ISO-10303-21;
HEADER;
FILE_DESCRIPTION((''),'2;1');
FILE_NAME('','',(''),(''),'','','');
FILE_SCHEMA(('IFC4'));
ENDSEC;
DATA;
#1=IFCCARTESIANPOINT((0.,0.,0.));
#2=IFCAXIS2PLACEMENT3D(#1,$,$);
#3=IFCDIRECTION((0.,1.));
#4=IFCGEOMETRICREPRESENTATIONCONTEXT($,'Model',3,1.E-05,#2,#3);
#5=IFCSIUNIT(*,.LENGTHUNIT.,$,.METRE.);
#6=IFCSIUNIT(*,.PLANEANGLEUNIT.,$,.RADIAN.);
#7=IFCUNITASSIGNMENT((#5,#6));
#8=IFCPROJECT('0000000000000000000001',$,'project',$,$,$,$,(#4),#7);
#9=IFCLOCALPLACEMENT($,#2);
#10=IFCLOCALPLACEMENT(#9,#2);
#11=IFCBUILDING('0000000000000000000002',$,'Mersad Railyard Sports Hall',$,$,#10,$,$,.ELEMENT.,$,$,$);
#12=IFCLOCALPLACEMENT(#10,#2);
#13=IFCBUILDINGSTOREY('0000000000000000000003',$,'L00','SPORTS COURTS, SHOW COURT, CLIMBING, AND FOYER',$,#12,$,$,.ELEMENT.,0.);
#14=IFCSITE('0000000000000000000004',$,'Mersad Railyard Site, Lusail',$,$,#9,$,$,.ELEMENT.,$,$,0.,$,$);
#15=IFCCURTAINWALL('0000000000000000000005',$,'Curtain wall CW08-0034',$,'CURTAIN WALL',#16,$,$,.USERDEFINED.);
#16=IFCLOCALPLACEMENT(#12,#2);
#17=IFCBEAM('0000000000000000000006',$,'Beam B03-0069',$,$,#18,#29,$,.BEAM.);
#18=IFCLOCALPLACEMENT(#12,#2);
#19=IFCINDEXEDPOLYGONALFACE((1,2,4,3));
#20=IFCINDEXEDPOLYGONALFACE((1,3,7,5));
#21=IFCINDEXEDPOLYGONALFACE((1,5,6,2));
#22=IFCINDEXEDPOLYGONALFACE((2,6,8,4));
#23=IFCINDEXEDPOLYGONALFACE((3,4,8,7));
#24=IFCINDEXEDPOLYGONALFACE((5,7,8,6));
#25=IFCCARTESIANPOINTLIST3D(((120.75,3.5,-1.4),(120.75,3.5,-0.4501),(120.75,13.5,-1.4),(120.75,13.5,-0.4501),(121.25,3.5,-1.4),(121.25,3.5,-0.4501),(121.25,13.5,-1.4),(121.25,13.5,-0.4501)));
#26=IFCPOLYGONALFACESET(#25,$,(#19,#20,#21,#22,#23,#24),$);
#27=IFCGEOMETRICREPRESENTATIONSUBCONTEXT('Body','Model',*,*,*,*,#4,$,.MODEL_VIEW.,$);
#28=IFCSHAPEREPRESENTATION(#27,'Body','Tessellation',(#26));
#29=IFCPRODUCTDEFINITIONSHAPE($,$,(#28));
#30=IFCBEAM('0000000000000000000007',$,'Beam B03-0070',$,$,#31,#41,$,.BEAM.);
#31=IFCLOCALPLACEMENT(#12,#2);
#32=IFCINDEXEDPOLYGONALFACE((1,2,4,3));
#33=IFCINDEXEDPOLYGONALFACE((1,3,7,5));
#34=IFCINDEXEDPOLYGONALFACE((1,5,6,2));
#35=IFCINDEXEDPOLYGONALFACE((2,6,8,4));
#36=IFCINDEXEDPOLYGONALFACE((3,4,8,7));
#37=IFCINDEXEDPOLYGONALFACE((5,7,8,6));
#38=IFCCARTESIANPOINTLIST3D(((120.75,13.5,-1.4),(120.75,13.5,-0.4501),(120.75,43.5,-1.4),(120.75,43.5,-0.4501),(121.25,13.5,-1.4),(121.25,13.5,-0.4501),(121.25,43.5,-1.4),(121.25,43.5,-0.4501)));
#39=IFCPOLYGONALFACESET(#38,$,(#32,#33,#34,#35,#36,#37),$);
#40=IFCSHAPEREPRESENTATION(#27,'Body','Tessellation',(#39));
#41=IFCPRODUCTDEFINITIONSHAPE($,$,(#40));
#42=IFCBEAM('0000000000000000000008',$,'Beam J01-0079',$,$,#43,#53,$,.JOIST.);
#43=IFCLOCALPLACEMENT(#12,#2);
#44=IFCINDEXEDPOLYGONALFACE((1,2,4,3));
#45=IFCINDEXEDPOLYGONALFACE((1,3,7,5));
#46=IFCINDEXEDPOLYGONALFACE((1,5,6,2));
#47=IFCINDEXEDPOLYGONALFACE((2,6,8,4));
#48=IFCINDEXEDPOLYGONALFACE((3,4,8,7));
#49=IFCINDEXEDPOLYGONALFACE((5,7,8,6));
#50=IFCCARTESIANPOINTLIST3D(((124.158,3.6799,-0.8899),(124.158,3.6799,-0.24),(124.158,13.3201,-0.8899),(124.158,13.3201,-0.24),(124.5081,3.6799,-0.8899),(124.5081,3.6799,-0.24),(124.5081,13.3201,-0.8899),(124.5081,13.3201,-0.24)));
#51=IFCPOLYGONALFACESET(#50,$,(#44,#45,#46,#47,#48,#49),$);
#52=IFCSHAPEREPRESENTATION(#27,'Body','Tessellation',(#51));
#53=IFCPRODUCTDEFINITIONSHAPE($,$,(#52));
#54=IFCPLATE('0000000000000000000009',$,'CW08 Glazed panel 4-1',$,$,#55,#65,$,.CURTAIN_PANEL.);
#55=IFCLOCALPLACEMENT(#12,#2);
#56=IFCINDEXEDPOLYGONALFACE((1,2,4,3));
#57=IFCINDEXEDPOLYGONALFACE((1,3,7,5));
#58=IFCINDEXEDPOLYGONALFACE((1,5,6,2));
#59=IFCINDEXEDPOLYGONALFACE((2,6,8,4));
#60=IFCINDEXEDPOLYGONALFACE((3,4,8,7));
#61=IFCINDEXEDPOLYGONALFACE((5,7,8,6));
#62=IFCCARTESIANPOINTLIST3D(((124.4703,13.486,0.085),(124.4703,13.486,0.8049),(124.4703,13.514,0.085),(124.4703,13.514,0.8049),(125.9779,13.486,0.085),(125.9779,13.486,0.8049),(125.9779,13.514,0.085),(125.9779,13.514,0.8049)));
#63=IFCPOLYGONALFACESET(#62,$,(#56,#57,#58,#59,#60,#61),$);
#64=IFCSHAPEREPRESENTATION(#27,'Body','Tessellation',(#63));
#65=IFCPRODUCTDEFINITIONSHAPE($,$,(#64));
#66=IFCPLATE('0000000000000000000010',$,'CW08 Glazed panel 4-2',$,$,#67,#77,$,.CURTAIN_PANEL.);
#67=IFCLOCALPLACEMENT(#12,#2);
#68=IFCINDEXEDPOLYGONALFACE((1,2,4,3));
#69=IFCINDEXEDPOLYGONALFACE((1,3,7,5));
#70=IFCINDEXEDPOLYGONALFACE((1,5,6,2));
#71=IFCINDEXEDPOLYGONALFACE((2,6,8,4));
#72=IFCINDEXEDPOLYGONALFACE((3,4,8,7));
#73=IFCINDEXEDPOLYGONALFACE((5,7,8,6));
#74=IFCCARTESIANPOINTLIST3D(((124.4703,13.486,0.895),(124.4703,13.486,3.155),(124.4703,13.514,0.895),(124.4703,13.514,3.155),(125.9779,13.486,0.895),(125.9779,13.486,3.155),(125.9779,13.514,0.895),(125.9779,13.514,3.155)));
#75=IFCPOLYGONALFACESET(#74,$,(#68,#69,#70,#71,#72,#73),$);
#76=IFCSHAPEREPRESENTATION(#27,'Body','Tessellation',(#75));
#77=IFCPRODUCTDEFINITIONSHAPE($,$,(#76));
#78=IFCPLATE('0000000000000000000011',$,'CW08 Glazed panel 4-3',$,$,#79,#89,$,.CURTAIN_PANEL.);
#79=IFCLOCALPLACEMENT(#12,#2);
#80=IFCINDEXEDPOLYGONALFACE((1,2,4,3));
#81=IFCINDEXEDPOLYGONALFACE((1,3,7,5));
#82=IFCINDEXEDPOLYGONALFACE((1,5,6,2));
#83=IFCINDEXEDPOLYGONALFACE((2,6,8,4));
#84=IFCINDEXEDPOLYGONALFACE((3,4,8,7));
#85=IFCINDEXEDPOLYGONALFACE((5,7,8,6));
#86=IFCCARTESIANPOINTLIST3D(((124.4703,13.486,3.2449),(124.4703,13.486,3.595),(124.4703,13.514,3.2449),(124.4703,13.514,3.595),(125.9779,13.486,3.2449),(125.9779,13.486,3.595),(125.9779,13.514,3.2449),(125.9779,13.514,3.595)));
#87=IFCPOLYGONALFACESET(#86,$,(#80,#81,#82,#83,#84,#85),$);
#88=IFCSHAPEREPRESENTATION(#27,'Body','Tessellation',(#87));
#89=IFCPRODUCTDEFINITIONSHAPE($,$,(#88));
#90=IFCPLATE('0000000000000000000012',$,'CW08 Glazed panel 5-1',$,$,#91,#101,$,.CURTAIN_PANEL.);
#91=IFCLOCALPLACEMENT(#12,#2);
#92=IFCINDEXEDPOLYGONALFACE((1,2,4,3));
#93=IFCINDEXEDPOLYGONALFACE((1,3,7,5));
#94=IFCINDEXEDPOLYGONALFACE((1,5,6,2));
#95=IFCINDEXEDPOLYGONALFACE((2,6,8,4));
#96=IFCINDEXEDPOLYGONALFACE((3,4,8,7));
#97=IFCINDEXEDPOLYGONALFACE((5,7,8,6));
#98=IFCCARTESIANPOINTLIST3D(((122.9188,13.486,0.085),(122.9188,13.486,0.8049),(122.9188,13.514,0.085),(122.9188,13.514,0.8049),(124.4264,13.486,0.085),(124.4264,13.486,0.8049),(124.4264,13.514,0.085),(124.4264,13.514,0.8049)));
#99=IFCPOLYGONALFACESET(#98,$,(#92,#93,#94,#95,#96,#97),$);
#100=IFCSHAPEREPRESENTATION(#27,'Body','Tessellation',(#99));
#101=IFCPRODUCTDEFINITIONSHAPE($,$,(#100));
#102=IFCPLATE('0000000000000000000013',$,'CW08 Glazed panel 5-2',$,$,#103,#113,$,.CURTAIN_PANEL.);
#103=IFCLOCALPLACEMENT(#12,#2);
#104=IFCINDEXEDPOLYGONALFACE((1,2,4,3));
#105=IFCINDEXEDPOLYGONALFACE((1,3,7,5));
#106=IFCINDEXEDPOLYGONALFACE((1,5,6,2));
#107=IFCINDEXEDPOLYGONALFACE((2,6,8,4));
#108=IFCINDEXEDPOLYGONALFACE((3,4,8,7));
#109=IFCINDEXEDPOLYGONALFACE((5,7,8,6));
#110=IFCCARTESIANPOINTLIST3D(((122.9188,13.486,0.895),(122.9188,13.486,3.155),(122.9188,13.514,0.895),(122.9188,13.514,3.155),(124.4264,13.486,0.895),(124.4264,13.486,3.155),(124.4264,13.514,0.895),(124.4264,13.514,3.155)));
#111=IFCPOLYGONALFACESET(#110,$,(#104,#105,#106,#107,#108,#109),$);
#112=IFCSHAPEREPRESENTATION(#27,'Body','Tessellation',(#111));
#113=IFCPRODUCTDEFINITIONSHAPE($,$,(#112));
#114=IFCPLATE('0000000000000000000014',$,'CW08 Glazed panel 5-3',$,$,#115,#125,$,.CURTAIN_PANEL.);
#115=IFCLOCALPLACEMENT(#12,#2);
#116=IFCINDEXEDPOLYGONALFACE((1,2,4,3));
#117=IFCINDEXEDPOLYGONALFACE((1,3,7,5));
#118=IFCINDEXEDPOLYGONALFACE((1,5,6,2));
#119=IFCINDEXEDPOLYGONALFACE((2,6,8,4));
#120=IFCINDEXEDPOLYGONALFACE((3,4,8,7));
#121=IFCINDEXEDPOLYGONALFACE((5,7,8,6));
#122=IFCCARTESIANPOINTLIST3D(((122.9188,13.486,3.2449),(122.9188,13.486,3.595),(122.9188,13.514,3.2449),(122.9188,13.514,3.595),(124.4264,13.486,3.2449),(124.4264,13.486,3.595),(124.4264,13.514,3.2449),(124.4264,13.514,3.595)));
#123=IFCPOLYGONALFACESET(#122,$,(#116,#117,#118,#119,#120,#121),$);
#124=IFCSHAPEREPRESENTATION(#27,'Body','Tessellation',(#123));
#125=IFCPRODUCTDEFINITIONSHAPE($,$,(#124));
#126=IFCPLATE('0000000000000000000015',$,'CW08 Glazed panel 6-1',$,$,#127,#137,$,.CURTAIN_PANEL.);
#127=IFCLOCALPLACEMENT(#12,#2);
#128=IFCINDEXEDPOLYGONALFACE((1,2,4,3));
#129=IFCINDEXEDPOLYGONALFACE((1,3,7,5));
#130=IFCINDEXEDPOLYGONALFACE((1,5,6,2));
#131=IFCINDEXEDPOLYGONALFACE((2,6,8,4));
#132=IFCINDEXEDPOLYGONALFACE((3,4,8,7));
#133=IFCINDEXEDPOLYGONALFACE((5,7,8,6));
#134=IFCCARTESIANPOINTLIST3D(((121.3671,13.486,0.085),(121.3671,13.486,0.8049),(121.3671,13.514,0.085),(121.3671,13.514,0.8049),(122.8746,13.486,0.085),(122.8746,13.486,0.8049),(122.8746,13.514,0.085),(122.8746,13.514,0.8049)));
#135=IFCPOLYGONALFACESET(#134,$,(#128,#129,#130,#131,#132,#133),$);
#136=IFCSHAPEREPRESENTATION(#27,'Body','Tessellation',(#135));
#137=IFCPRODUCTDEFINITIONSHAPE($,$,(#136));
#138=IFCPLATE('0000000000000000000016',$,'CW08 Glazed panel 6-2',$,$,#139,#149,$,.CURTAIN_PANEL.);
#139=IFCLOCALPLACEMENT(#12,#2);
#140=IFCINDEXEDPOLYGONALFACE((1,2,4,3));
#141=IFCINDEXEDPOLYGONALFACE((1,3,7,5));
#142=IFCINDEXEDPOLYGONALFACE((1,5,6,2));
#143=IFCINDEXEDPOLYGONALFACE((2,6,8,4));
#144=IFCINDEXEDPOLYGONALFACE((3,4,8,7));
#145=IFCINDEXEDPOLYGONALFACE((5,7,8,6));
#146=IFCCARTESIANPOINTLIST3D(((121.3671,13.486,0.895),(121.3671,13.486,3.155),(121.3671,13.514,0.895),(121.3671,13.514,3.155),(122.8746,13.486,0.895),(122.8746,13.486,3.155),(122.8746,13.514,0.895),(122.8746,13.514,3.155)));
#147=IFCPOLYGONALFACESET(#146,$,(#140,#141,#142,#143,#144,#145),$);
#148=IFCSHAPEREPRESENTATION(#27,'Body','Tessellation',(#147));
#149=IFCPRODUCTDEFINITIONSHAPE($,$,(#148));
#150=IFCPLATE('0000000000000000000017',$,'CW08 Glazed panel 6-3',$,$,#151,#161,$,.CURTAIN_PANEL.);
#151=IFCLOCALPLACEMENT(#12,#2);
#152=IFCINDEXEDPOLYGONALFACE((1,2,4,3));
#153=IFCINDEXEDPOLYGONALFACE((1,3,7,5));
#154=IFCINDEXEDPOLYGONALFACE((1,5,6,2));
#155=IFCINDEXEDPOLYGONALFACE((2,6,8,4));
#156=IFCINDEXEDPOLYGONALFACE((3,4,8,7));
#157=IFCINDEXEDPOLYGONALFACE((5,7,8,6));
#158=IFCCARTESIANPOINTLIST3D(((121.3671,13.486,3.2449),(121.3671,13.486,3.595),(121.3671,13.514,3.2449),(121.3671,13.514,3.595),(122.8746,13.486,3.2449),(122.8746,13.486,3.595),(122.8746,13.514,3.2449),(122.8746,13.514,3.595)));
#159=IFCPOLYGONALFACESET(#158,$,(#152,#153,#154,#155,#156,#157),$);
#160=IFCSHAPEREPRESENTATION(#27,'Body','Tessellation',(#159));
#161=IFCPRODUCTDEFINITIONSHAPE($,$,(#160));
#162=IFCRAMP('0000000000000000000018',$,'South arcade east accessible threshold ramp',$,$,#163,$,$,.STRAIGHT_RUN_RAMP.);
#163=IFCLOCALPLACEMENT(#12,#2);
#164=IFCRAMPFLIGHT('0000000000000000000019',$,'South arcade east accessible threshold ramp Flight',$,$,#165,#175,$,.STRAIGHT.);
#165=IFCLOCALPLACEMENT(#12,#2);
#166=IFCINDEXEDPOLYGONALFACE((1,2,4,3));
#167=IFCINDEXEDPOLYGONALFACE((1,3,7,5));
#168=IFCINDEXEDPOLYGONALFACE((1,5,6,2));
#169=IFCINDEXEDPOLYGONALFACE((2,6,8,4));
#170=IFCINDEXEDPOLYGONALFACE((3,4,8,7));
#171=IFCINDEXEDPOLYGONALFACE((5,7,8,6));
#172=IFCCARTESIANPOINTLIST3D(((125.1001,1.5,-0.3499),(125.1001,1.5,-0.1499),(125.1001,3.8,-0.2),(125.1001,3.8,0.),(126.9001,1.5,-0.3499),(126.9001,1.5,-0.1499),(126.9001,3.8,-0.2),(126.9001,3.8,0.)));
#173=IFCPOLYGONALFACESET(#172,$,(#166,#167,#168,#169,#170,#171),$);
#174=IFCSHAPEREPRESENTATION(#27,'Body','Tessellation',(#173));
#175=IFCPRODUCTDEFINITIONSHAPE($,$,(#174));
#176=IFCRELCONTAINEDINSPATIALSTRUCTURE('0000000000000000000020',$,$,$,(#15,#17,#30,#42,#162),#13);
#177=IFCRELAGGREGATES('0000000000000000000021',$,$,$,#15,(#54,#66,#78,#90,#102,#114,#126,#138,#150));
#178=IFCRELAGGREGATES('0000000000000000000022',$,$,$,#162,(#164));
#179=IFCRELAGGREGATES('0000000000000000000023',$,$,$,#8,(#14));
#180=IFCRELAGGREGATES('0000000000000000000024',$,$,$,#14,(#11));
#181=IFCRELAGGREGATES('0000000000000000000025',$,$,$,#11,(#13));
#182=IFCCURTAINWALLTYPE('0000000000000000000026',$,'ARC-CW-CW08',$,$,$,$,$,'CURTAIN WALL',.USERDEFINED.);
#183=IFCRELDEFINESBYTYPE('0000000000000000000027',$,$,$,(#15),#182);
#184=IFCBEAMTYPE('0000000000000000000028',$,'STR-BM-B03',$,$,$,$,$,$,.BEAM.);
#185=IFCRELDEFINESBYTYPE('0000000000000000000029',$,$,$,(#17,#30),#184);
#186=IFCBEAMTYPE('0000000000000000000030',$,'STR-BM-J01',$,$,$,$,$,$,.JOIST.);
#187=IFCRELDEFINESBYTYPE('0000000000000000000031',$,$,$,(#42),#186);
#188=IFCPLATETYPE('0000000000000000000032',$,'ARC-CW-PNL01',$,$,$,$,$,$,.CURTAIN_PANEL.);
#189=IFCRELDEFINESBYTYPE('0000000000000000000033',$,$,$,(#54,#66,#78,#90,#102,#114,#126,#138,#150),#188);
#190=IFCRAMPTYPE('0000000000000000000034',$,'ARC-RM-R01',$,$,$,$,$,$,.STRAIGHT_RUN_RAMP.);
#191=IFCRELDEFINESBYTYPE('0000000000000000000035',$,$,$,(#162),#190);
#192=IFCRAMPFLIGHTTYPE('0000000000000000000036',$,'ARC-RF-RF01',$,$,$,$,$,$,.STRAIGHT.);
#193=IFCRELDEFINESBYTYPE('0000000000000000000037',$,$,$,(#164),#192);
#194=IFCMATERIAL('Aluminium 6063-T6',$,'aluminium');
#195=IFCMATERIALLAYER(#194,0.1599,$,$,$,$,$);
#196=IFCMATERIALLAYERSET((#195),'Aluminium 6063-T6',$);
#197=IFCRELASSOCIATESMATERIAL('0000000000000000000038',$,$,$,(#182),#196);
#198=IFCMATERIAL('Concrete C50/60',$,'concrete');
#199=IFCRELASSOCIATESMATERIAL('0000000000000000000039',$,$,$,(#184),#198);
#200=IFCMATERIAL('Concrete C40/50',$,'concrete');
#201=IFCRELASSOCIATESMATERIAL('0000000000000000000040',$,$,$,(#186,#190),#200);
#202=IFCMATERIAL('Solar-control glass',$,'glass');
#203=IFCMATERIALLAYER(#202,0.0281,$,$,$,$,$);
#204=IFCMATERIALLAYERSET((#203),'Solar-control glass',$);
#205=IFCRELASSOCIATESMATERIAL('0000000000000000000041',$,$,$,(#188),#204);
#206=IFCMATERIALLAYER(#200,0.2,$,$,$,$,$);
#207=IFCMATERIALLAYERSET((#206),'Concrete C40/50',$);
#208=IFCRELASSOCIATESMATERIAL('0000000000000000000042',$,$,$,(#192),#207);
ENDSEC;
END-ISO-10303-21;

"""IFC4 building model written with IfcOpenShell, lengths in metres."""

from ifc_helpers import new_model, si_unit, direction, frame, origin, origin_2d, place, context, subcontext, project, spatial, polyline, rectangle, outline, extrude, material, layer, layer_set, material_profile, profile_set, type_object, element, aggregate, save


model = new_model("IFC4")

# Units and contexts
model_context = context("Model", 3, precision=1e-05, world=origin(), true_north=direction((0.0, 1.0)))
body_context = subcontext(model_context, "Body", "Model", "MODEL_VIEW")
ifc_project = project(units=[si_unit("LENGTHUNIT", "METRE"), si_unit("PLANEANGLEUNIT", "RADIAN")], contexts=[model_context])

# Site, building, storey
site_placement = place(None, origin())
site = spatial("IfcSite", under=ifc_project, at=site_placement, Name="Mersad Railyard Site, Lusail", CompositionType="ELEMENT", RefElevation=0.0)
building_placement = place(site_placement, origin())
building = spatial("IfcBuilding", under=site, at=building_placement, Name="Mersad Railyard Sports Hall", CompositionType="ELEMENT")
storey_placement = place(building_placement, origin())
storey = spatial("IfcBuildingStorey", under=building, at=storey_placement, Name="L00", Description="SPORTS COURTS, SHOW COURT, CLIMBING, AND FOYER", CompositionType="ELEMENT", Elevation=0.0)

# Shared definitions
ifc_material_1 = material(Name="Concrete C40/50", Category="concrete")

# Curtain wall
ifc_material_2 = material(Name="Aluminium 6063-T6", Category="aluminium")
ifc_layer_1 = layer(ifc_material_2, 0.1599)
ifc_layer_set_1 = layer_set([ifc_layer_1], Name="Aluminium 6063-T6")
curtain_wall_type = type_object("IfcCurtainWallType", Name="ARC-CW-CW08", ElementType="CURTAIN WALL", PredefinedType="USERDEFINED", material=ifc_layer_set_1)
curtain_wall_placement = place(storey_placement, origin())
curtain_wall = element("IfcCurtainWall", 1, at=curtain_wall_placement, inside=storey, type_object=curtain_wall_type, Name="Curtain wall CW08-0034", ObjectType="CURTAIN WALL", PredefinedType="USERDEFINED")

# Beams
ifc_material_3 = material(Name="Concrete C50/60", Category="concrete")
ifc_material_profile_1 = material_profile(ifc_material_3, rectangle(XDim=0.5, YDim=0.95, at=origin_2d()), Name="RC 500x950")
ifc_profile_set_1 = profile_set([ifc_material_profile_1], Name="Concrete C50/60")
beam_type_1 = type_object("IfcBeamType", Name="STR-BM-B03", PredefinedType="BEAM", material=ifc_profile_set_1)
beam_1_placement = place(storey_placement, frame((121.0, 3.5, -0.925), z_axis=(0.0, 1.0, 0.0), x_axis=(-1.0, 0.0, 0.0)))
element("IfcBeam", 2, at=beam_1_placement, inside=storey, type_object=beam_type_1, Name="Beam B03-0069", PredefinedType="BEAM", context=body_context, shape_type="SweptSolid", body=[
    extrude(rectangle(XDim=0.5, YDim=0.95, at=origin_2d()), origin(), (0.0, 0.0, 1.0), 10.0),
])
beam_2_placement = place(storey_placement, frame((121.0, 13.5, -0.925), z_axis=(0.0, 1.0, 0.0), x_axis=(-1.0, 0.0, 0.0)))
element("IfcBeam", 3, at=beam_2_placement, inside=storey, type_object=beam_type_1, Name="Beam B03-0070", PredefinedType="BEAM", context=body_context, shape_type="SweptSolid", body=[
    extrude(rectangle(XDim=0.5, YDim=0.95, at=origin_2d()), origin(), (0.0, 0.0, 1.0), 30.0),
])
ifc_material_profile_2 = material_profile(ifc_material_1, rectangle(XDim=0.3501, YDim=0.6499, at=origin_2d()), Name="RC 350x650")
ifc_profile_set_2 = profile_set([ifc_material_profile_2], Name="Concrete C40/50")
beam_type_2 = type_object("IfcBeamType", Name="STR-BM-J01", PredefinedType="JOIST", material=ifc_profile_set_2)
beam_3_placement = place(storey_placement, frame((124.333, 3.6799, -0.5649), z_axis=(0.0, 1.0, 0.0), x_axis=(-1.0, 0.0, 0.0)))
element("IfcBeam", 4, at=beam_3_placement, inside=storey, type_object=beam_type_2, Name="Beam J01-0079", PredefinedType="JOIST", context=body_context, shape_type="SweptSolid", body=[
    extrude(rectangle(XDim=0.3501, YDim=0.6499, at=origin_2d()), origin(), (0.0, 0.0, 1.0), 9.6401),
])

# Plates
ifc_material_4 = material(Name="Solar-control glass", Category="glass")
ifc_layer_2 = layer(ifc_material_4, 0.0281)
ifc_layer_set_2 = layer_set([ifc_layer_2], Name="Solar-control glass")
plate_type = type_object("IfcPlateType", Name="ARC-CW-PNL01", PredefinedType="CURTAIN_PANEL", material=ifc_layer_set_2)
plate_1_placement = place(storey_placement, frame((125.2241, 13.5, 0.085), z_axis=(0.0, 0.0, 1.0), x_axis=(-1.0, 0.0, 0.0)))
plate_1 = element("IfcPlate", 5, at=plate_1_placement, type_object=plate_type, Name="CW08 Glazed panel 4-1", PredefinedType="CURTAIN_PANEL", context=body_context, shape_type="SweptSolid", body=[
    extrude(rectangle(XDim=1.5076, YDim=0.0281, at=origin_2d()), origin(), (0.0, 0.0, 1.0), 0.72),
])
plate_2_placement = place(storey_placement, frame((125.2241, 13.5, 0.895), z_axis=(0.0, 0.0, 1.0), x_axis=(-1.0, 0.0, 0.0)))
plate_2 = element("IfcPlate", 6, at=plate_2_placement, type_object=plate_type, Name="CW08 Glazed panel 4-2", PredefinedType="CURTAIN_PANEL", context=body_context, shape_type="SweptSolid", body=[
    extrude(rectangle(XDim=1.5076, YDim=0.0281, at=origin_2d()), origin(), (0.0, 0.0, 1.0), 2.26),
])
plate_3_placement = place(storey_placement, frame((125.2241, 13.5, 3.2449), z_axis=(0.0, 0.0, 1.0), x_axis=(-1.0, 0.0, 0.0)))
plate_3 = element("IfcPlate", 7, at=plate_3_placement, type_object=plate_type, Name="CW08 Glazed panel 4-3", PredefinedType="CURTAIN_PANEL", context=body_context, shape_type="SweptSolid", body=[
    extrude(rectangle(XDim=1.5076, YDim=0.0281, at=origin_2d()), origin(), (0.0, 0.0, 1.0), 0.3501),
])
plate_4_placement = place(storey_placement, frame((123.6726, 13.5, 0.085), z_axis=(0.0, 0.0, 1.0), x_axis=(-1.0, 0.0, 0.0)))
plate_4 = element("IfcPlate", 8, at=plate_4_placement, type_object=plate_type, Name="CW08 Glazed panel 5-1", PredefinedType="CURTAIN_PANEL", context=body_context, shape_type="SweptSolid", body=[
    extrude(rectangle(XDim=1.5076, YDim=0.0281, at=origin_2d()), origin(), (0.0, 0.0, 1.0), 0.72),
])
plate_5_placement = place(storey_placement, frame((123.6726, 13.5, 0.895), z_axis=(0.0, 0.0, 1.0), x_axis=(-1.0, 0.0, 0.0)))
plate_5 = element("IfcPlate", 9, at=plate_5_placement, type_object=plate_type, Name="CW08 Glazed panel 5-2", PredefinedType="CURTAIN_PANEL", context=body_context, shape_type="SweptSolid", body=[
    extrude(rectangle(XDim=1.5076, YDim=0.0281, at=origin_2d()), origin(), (0.0, 0.0, 1.0), 2.26),
])
plate_6_placement = place(storey_placement, frame((123.6726, 13.5, 3.2449), z_axis=(0.0, 0.0, 1.0), x_axis=(-1.0, 0.0, 0.0)))
plate_6 = element("IfcPlate", 10, at=plate_6_placement, type_object=plate_type, Name="CW08 Glazed panel 5-3", PredefinedType="CURTAIN_PANEL", context=body_context, shape_type="SweptSolid", body=[
    extrude(rectangle(XDim=1.5076, YDim=0.0281, at=origin_2d()), origin(), (0.0, 0.0, 1.0), 0.3501),
])
plate_7_placement = place(storey_placement, frame((122.1208, 13.5, 0.085), z_axis=(0.0, 0.0, 1.0), x_axis=(-1.0, 0.0, 0.0)))
plate_7 = element("IfcPlate", 11, at=plate_7_placement, type_object=plate_type, Name="CW08 Glazed panel 6-1", PredefinedType="CURTAIN_PANEL", context=body_context, shape_type="SweptSolid", body=[
    extrude(rectangle(XDim=1.5076, YDim=0.0281, at=origin_2d()), origin(), (0.0, 0.0, 1.0), 0.72),
])
plate_8_placement = place(storey_placement, frame((122.1208, 13.5, 0.895), z_axis=(0.0, 0.0, 1.0), x_axis=(-1.0, 0.0, 0.0)))
plate_8 = element("IfcPlate", 12, at=plate_8_placement, type_object=plate_type, Name="CW08 Glazed panel 6-2", PredefinedType="CURTAIN_PANEL", context=body_context, shape_type="SweptSolid", body=[
    extrude(rectangle(XDim=1.5076, YDim=0.0281, at=origin_2d()), origin(), (0.0, 0.0, 1.0), 2.26),
])
plate_9_placement = place(storey_placement, frame((122.1208, 13.5, 3.2449), z_axis=(0.0, 0.0, 1.0), x_axis=(-1.0, 0.0, 0.0)))
plate_9 = element("IfcPlate", 13, at=plate_9_placement, type_object=plate_type, Name="CW08 Glazed panel 6-3", PredefinedType="CURTAIN_PANEL", context=body_context, shape_type="SweptSolid", body=[
    extrude(rectangle(XDim=1.5076, YDim=0.0281, at=origin_2d()), origin(), (0.0, 0.0, 1.0), 0.3501),
])
aggregate(curtain_wall, [plate_1, plate_2, plate_3, plate_4, plate_5, plate_6, plate_7, plate_8, plate_9])

# Ramp, ramp flight
ramp_type = type_object("IfcRampType", Name="ARC-RM-R01", PredefinedType="STRAIGHT_RUN_RAMP", material=ifc_material_1)
ramp_placement = place(storey_placement, origin())
ramp = element("IfcRamp", 14, at=ramp_placement, inside=storey, type_object=ramp_type, Name="South arcade east accessible threshold ramp", PredefinedType="STRAIGHT_RUN_RAMP")
ifc_layer_3 = layer(ifc_material_1, 0.2)
ifc_layer_set_3 = layer_set([ifc_layer_3], Name="Concrete C40/50")
ramp_flight_type = type_object("IfcRampFlightType", Name="ARC-RF-RF01", PredefinedType="STRAIGHT", material=ifc_layer_set_3)
ramp_flight_placement = place(storey_placement, frame((126.0, 1.5, -0.1499), z_axis=(0.0, 0.0, 1.0), x_axis=(0.0, 1.0, 0.0)))
ramp_flight = element("IfcRampFlight", 15, at=ramp_flight_placement, type_object=ramp_flight_type, Name="South arcade east accessible threshold ramp Flight", PredefinedType="STRAIGHT", context=body_context, shape_type="SweptSolid", body=[
    extrude(outline(polyline([(0.0, -0.2), (0.0, 0.0), (2.3, 0.1499), (2.3, -0.05), (0.0, -0.2)])), frame((0.0, 0.8999, 0.0), z_axis=(0.0, -1.0, 0.0), x_axis=(1.0, 0.0, 0.0)), (0.0, 0.0, 1.0), 1.8),
])
aggregate(ramp, [ramp_flight])

save(model, "model.ifc")
